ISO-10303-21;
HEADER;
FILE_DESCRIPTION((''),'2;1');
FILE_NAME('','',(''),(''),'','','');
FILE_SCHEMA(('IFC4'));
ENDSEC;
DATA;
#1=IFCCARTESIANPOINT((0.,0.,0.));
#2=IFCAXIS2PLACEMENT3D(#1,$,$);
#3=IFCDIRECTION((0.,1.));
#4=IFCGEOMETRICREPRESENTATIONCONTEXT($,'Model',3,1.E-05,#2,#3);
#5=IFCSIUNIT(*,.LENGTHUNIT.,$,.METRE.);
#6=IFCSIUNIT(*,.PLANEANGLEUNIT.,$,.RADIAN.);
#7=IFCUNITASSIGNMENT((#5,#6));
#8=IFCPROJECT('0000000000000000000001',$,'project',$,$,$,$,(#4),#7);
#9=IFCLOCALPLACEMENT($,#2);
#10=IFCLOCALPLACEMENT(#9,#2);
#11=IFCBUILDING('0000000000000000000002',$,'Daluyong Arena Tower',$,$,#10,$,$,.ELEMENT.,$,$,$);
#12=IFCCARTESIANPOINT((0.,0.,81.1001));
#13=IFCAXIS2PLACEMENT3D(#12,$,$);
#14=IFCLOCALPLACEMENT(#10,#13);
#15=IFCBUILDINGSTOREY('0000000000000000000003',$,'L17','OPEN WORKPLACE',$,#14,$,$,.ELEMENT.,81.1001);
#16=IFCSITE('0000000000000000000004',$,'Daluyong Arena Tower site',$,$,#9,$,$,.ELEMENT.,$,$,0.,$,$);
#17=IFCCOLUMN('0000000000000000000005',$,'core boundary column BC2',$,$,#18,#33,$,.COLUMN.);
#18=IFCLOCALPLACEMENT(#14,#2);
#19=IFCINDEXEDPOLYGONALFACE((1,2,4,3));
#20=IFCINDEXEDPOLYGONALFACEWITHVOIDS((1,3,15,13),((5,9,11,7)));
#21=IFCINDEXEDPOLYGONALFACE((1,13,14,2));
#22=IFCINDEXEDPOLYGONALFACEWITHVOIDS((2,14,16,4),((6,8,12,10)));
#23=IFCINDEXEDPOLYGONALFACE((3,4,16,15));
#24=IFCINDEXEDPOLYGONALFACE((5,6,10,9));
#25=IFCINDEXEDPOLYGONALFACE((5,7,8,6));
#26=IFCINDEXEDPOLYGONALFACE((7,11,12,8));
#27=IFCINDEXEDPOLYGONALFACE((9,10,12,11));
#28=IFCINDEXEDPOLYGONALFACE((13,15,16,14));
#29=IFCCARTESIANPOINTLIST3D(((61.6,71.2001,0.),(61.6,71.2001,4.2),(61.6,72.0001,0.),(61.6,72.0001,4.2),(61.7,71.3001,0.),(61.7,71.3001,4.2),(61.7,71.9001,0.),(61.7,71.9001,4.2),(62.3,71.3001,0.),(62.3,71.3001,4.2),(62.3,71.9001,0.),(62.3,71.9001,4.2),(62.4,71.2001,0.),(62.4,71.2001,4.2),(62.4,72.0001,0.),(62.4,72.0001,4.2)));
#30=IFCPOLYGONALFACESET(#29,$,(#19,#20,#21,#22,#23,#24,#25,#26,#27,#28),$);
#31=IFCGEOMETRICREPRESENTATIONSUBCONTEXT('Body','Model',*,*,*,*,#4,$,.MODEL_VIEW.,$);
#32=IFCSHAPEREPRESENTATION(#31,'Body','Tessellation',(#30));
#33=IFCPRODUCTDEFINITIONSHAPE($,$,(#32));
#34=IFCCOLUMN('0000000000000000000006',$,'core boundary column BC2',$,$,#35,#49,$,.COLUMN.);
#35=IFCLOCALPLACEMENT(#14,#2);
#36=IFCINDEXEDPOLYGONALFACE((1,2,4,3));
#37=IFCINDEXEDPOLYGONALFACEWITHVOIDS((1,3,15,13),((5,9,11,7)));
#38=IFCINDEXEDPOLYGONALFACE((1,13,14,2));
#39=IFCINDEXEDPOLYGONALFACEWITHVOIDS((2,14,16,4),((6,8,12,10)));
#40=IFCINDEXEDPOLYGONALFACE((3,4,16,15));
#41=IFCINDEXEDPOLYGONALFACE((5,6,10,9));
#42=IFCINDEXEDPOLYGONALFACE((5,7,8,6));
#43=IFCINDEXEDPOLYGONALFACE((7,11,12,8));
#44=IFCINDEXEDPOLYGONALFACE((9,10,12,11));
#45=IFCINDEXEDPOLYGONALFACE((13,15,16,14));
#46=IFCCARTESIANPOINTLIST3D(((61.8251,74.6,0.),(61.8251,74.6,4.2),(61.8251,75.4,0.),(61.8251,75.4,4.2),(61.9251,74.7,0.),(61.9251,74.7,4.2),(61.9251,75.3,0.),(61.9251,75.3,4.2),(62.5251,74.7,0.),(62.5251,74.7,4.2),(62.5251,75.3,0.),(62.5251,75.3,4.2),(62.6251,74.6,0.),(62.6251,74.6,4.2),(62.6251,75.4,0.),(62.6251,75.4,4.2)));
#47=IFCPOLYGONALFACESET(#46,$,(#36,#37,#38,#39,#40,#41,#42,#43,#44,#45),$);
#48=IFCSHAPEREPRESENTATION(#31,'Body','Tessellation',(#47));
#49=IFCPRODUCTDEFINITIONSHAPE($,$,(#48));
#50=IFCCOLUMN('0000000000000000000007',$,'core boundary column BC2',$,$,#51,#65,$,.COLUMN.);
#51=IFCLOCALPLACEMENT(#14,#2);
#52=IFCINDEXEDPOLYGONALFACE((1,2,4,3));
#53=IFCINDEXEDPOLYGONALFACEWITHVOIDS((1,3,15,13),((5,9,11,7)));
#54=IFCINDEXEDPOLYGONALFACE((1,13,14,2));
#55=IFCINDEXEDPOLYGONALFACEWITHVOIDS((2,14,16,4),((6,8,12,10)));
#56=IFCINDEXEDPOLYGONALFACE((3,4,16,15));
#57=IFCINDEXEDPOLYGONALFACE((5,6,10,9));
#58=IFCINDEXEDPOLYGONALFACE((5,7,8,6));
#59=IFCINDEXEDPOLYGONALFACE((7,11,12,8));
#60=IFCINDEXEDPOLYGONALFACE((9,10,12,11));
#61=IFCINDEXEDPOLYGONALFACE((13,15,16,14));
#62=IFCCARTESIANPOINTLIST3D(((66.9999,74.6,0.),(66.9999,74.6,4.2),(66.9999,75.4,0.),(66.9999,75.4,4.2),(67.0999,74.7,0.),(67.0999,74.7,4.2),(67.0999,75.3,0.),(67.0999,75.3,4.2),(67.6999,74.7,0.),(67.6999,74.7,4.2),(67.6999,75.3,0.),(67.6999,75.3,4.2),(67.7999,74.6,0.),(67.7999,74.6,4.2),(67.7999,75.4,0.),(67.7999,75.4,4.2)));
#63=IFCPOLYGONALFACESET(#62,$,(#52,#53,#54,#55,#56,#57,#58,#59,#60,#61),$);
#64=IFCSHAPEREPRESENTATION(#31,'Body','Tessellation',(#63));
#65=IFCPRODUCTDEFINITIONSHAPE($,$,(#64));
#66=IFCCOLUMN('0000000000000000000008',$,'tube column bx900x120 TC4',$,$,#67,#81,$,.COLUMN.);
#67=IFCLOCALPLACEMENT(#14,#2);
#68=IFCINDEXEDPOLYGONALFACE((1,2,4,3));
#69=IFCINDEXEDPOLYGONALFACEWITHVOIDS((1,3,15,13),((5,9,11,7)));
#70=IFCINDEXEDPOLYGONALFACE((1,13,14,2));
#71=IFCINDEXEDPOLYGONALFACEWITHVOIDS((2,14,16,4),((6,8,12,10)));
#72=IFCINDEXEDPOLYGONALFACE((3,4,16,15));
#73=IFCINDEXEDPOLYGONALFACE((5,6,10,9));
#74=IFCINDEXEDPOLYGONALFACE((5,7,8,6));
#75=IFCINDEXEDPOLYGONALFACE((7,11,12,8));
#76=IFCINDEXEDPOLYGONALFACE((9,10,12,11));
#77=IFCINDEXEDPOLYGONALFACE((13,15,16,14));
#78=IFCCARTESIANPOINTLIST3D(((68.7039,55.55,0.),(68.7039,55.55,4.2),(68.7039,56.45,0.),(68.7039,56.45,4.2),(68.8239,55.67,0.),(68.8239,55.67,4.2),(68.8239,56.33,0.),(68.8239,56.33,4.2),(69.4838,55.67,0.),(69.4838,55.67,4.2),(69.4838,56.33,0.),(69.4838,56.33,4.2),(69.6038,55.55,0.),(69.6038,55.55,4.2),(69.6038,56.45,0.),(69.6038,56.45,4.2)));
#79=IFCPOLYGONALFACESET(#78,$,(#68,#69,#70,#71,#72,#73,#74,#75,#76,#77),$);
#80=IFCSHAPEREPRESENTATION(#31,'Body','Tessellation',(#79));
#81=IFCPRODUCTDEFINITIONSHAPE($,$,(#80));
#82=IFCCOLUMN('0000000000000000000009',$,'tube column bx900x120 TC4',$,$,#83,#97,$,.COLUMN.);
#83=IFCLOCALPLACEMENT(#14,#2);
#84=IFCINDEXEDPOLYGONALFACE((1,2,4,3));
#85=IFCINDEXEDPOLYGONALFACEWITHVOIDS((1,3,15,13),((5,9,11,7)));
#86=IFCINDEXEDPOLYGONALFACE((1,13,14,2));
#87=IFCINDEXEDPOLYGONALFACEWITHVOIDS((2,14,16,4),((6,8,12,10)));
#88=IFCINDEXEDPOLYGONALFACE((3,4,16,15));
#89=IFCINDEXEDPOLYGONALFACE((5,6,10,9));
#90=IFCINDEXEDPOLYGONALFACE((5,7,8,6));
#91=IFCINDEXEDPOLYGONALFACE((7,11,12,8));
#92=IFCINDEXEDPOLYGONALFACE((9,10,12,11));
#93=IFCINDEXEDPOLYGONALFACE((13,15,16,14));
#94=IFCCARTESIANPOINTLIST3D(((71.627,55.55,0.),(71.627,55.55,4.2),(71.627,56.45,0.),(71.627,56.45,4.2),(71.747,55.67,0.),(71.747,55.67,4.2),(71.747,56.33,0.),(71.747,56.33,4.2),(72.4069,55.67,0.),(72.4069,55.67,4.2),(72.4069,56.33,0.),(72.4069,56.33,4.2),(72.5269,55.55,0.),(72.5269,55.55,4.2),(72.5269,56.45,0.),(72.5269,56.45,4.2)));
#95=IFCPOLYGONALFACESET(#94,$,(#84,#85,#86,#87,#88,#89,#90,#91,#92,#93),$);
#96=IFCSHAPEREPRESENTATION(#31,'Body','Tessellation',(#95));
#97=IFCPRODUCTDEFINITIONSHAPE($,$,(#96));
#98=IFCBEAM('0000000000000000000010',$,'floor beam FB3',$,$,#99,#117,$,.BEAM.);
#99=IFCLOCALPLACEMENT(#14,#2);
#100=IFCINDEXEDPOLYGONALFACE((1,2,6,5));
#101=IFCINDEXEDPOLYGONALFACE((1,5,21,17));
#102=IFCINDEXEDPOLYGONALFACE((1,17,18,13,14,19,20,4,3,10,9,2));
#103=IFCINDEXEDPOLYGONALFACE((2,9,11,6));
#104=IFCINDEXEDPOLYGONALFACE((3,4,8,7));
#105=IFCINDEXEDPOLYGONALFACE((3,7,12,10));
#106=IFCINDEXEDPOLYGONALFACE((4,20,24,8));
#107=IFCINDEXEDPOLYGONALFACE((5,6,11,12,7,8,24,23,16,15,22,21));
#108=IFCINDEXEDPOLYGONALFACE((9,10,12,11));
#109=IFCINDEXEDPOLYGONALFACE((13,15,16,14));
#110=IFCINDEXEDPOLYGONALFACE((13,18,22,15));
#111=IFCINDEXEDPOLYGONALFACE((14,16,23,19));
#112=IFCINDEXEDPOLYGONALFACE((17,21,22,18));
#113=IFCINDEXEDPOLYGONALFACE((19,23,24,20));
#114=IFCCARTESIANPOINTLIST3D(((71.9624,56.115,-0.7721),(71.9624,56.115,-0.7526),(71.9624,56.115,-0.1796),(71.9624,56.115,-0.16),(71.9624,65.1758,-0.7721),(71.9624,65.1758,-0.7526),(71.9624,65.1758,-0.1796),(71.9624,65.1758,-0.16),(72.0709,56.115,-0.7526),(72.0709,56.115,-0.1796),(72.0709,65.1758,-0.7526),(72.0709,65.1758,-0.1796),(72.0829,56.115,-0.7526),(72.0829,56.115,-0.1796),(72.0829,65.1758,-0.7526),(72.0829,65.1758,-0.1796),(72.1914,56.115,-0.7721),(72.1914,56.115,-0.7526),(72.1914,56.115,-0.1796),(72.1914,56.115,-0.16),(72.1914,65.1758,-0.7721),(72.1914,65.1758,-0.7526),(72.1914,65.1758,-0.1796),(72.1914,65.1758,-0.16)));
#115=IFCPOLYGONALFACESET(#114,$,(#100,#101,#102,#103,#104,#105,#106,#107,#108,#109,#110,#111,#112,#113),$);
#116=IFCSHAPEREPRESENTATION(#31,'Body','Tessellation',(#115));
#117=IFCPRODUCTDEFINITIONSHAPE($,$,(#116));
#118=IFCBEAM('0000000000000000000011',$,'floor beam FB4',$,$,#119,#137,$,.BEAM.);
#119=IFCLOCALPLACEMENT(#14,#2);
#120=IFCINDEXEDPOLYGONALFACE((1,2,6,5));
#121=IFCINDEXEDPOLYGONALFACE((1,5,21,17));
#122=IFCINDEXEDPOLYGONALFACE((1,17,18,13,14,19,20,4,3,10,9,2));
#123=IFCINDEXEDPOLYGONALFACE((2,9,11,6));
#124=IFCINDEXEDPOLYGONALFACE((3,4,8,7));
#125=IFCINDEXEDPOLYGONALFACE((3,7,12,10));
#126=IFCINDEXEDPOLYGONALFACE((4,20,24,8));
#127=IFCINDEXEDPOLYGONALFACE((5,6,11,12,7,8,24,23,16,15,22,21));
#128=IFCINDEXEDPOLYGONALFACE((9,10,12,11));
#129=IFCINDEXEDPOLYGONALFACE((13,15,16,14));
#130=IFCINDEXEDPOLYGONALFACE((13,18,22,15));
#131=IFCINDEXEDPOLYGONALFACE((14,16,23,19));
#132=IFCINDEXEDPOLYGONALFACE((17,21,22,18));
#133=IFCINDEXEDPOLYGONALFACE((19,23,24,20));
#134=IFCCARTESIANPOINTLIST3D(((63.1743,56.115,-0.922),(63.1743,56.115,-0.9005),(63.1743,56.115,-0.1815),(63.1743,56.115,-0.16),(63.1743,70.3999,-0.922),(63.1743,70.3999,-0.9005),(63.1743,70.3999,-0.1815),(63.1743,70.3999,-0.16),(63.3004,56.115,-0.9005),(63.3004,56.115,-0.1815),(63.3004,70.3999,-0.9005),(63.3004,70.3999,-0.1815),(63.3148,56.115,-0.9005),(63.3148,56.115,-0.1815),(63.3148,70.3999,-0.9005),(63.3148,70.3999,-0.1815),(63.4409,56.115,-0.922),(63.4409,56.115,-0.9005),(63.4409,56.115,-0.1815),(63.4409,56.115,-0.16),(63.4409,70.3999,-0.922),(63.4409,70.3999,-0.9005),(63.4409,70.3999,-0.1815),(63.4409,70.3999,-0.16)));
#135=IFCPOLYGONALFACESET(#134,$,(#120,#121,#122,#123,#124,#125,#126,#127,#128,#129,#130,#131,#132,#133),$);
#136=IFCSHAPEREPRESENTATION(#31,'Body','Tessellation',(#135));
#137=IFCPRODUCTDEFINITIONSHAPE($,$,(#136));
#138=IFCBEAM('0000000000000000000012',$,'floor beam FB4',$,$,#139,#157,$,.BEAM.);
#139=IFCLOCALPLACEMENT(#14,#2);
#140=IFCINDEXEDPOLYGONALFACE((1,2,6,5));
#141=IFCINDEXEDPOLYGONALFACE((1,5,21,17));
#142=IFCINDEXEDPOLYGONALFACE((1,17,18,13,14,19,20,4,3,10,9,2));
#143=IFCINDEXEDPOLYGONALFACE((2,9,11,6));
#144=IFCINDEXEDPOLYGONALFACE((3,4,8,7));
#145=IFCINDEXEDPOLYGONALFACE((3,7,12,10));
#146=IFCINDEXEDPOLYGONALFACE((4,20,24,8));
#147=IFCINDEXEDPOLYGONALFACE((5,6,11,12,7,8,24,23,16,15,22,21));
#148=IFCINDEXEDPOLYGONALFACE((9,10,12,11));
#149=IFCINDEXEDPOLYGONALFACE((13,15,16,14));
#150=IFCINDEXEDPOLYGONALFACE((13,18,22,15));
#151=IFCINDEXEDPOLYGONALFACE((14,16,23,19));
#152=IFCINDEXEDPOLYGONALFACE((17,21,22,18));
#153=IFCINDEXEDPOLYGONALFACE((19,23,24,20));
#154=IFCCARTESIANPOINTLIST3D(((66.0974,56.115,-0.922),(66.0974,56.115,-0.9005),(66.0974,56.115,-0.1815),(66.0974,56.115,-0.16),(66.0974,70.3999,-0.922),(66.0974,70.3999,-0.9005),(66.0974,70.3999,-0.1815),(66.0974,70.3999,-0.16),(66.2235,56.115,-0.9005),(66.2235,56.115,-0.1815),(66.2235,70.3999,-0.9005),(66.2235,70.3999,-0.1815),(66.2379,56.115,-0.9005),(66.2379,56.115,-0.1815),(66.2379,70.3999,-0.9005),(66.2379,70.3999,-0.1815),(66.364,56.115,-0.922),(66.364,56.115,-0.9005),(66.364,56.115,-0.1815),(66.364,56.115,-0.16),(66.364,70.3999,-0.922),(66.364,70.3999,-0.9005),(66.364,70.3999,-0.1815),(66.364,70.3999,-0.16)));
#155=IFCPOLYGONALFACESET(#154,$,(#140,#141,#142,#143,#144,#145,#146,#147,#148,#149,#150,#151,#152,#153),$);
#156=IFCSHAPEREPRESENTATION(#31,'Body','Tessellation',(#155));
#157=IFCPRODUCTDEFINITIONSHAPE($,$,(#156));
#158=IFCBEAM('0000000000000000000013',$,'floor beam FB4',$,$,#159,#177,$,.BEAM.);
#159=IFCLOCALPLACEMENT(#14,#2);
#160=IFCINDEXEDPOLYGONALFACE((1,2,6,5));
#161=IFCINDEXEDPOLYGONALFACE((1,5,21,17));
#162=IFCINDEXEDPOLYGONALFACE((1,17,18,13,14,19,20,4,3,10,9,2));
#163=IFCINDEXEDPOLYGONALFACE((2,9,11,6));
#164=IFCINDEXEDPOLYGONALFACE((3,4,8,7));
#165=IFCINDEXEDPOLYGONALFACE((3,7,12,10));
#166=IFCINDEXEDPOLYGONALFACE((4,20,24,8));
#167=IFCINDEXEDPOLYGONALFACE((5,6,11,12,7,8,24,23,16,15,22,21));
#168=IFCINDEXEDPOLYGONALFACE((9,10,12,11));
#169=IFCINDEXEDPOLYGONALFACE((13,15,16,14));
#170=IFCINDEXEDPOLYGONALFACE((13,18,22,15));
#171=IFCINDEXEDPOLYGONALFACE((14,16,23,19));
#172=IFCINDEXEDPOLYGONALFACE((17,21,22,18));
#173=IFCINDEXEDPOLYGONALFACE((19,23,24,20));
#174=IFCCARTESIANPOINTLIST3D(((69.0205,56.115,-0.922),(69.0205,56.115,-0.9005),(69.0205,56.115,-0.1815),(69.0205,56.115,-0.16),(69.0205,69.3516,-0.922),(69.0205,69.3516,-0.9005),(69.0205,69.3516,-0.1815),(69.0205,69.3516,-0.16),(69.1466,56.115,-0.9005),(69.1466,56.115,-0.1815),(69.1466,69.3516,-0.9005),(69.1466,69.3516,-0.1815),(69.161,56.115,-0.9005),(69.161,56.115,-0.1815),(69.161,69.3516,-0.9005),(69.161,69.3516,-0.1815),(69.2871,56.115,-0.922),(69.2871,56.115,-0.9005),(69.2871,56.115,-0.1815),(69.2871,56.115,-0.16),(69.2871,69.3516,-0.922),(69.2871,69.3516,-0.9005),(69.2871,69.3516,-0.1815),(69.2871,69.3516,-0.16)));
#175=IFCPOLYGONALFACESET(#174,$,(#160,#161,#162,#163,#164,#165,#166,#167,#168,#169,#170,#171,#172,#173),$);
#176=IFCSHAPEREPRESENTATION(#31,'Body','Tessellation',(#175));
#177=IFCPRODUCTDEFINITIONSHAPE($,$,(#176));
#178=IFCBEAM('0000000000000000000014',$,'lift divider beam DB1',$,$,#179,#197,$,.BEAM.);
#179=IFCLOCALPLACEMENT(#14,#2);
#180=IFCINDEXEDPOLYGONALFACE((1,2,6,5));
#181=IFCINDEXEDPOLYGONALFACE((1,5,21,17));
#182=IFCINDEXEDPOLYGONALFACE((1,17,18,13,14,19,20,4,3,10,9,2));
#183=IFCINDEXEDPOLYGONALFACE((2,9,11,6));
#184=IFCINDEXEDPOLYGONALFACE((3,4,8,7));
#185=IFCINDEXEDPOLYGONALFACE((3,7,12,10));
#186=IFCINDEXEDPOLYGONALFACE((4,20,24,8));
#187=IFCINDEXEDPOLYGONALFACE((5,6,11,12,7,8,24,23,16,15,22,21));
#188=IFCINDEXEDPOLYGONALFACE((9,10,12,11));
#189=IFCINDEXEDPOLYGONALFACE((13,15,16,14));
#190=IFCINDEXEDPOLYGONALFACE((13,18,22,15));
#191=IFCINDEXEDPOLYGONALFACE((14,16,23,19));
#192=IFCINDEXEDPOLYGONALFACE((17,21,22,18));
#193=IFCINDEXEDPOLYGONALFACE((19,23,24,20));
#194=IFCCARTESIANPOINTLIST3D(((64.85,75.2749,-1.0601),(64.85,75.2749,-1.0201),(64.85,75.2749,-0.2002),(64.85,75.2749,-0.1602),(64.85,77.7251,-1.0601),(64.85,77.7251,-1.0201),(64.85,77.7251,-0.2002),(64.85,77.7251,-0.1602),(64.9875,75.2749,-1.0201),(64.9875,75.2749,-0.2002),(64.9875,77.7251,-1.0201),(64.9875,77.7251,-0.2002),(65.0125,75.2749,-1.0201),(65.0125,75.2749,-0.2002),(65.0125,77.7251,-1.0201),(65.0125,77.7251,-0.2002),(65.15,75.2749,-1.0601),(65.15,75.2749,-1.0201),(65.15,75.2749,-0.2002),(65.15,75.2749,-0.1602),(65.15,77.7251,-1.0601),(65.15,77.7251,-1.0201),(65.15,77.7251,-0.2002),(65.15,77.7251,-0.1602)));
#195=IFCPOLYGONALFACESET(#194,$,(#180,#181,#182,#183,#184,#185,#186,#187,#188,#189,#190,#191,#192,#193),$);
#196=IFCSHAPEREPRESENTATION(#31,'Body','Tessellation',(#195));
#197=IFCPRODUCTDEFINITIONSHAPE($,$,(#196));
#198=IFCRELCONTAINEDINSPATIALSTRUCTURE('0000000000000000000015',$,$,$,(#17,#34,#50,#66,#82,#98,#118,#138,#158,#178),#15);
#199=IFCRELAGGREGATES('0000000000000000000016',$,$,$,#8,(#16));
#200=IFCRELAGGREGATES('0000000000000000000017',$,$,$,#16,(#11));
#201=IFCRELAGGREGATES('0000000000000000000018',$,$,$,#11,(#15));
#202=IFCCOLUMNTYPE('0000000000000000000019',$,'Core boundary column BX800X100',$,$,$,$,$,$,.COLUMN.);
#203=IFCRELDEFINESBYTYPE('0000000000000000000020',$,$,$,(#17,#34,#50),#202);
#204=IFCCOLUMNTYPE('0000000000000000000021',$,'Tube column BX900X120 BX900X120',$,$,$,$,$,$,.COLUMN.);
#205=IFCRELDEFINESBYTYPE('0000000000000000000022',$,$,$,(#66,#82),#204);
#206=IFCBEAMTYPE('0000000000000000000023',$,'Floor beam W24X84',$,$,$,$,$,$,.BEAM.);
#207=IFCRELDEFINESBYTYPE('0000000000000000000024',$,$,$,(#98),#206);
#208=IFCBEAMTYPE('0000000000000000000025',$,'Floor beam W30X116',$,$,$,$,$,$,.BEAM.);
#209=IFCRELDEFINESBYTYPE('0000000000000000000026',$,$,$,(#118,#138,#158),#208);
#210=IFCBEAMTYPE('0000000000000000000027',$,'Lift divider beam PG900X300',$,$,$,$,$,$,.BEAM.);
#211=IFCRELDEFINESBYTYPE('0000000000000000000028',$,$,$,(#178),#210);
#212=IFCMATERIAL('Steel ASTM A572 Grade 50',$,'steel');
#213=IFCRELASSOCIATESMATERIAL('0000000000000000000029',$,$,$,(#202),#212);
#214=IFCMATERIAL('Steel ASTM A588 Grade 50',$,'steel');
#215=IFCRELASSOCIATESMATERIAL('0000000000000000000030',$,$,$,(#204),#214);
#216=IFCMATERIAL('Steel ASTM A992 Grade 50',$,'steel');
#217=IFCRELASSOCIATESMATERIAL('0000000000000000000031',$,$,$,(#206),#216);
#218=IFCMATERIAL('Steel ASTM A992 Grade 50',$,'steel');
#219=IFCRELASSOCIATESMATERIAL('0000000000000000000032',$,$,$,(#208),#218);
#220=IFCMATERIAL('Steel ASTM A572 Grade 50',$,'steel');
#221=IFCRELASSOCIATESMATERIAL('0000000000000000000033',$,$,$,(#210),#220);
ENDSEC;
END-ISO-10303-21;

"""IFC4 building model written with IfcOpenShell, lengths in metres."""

from ifc_helpers import new_model, si_unit, direction, frame, origin, origin_2d, place, context, subcontext, project, spatial, hollow_rectangle, i_section, extrude, material, material_profile, profile_set, type_object, element, save


model = new_model("IFC4")

# Units and contexts
model_context = context("Model", 3, precision=1e-05, world=origin(), true_north=direction((0.0, 1.0)))
body_context = subcontext(model_context, "Body", "Model", "MODEL_VIEW")
ifc_project = project(units=[si_unit("LENGTHUNIT", "METRE"), si_unit("PLANEANGLEUNIT", "RADIAN")], contexts=[model_context])

# Site, building, storey
site_placement = place(None, origin())
site = spatial("IfcSite", under=ifc_project, at=site_placement, Name="Daluyong Arena Tower site", CompositionType="ELEMENT", RefElevation=0.0)
building_placement = place(site_placement, origin())
building = spatial("IfcBuilding", under=site, at=building_placement, Name="Daluyong Arena Tower", CompositionType="ELEMENT")
storey_placement = place(building_placement, frame((0.0, 0.0, 81.1001)))
storey = spatial("IfcBuildingStorey", under=building, at=storey_placement, Name="L17", Description="OPEN WORKPLACE", CompositionType="ELEMENT", Elevation=81.1001)

# Columns
ifc_material_1 = material(Name="Steel ASTM A572 Grade 50", Category="steel")
ifc_material_profile_1 = material_profile(ifc_material_1, hollow_rectangle(XDim=0.8, YDim=0.8, WallThickness=0.1, at=origin_2d()))
ifc_profile_set_1 = profile_set([ifc_material_profile_1], Name="Steel ASTM A572 Grade 50")
column_type_1 = type_object("IfcColumnType", Name="Core boundary column BX800X100", PredefinedType="COLUMN", material=ifc_profile_set_1)
for number, where, z_axis, x_axis, name in (
    (1, (62.0, 71.6001, 0.0), (0.0, 0.0, 1.0), (1.0, 0.0, 0.0), "core boundary column BC2"),
    (2, (62.2251, 75.0, 0.0), (0.0, 0.0, 1.0), (1.0, 0.0, 0.0), "core boundary column BC2"),
    (3, (67.3999, 75.0, 0.0), (0.0, 0.0, 1.0), (1.0, 0.0, 0.0), "core boundary column BC2"),
):
    element("IfcColumn", number, at=place(storey_placement, frame(where, z_axis=z_axis, x_axis=x_axis)), inside=storey, type_object=column_type_1, Name=name, PredefinedType="COLUMN", context=body_context, shape_type="SweptSolid", body=[
        extrude(hollow_rectangle(XDim=0.8, YDim=0.8, WallThickness=0.1, at=origin_2d()), origin(), (0.0, 0.0, 1.0), 4.2),
    ])
ifc_material_2 = material(Name="Steel ASTM A588 Grade 50", Category="steel")
ifc_material_profile_2 = material_profile(ifc_material_2, hollow_rectangle(XDim=0.8999, YDim=0.8999, WallThickness=0.12, at=origin_2d()))
ifc_profile_set_2 = profile_set([ifc_material_profile_2], Name="Steel ASTM A588 Grade 50")
column_type_2 = type_object("IfcColumnType", Name="Tube column BX900X120 BX900X120", PredefinedType="COLUMN", material=ifc_profile_set_2)
for number, where, z_axis, x_axis, name in (
    (4, (69.1538, 56.0, 0.0), (0.0, 0.0, 1.0), (1.0, 0.0, 0.0), "tube column bx900x120 TC4"),
    (5, (72.0769, 56.0, 0.0), (0.0, 0.0, 1.0), (1.0, 0.0, 0.0), "tube column bx900x120 TC4"),
):
    element("IfcColumn", number, at=place(storey_placement, frame(where, z_axis=z_axis, x_axis=x_axis)), inside=storey, type_object=column_type_2, Name=name, PredefinedType="COLUMN", context=body_context, shape_type="SweptSolid", body=[
        extrude(hollow_rectangle(XDim=0.8999, YDim=0.8999, WallThickness=0.12, at=origin_2d()), origin(), (0.0, 0.0, 1.0), 4.2),
    ])

# Beams
ifc_material_3 = material(Name="Steel ASTM A992 Grade 50", Category="steel")
ifc_material_profile_3 = material_profile(ifc_material_3, i_section(OverallWidth=0.229, OverallDepth=0.6121, WebThickness=0.012, FlangeThickness=0.0195, at=origin_2d()))
ifc_profile_set_3 = profile_set([ifc_material_profile_3], Name="Steel ASTM A992 Grade 50")
beam_type_1 = type_object("IfcBeamType", Name="Floor beam W24X84", PredefinedType="BEAM", material=ifc_profile_set_3)
beam_1_placement = place(storey_placement, frame((72.0769, 56.115, -0.4661), z_axis=(0.0, 1.0, 0.0), x_axis=(-1.0, 0.0, 0.0)))
element("IfcBeam", 6, at=beam_1_placement, inside=storey, type_object=beam_type_1, Name="floor beam FB3", PredefinedType="BEAM", context=body_context, shape_type="SweptSolid", body=[
    extrude(i_section(OverallWidth=0.229, OverallDepth=0.6121, WebThickness=0.012, FlangeThickness=0.0195, at=origin_2d()), origin(), (0.0, 0.0, 1.0), 9.0608),
])
ifc_material_4 = material(Name="Steel ASTM A992 Grade 50", Category="steel")
ifc_material_profile_4 = material_profile(ifc_material_4, i_section(OverallWidth=0.2666, OverallDepth=0.762, WebThickness=0.0144, FlangeThickness=0.0215, at=origin_2d()))
ifc_profile_set_4 = profile_set([ifc_material_profile_4], Name="Steel ASTM A992 Grade 50")
beam_type_2 = type_object("IfcBeamType", Name="Floor beam W30X116", PredefinedType="BEAM", material=ifc_profile_set_4)
for number, where, z_axis, x_axis, name in (
    (7, (63.3076, 56.115, -0.541), (0.0, 1.0, 0.0), (-1.0, 0.0, 0.0), "floor beam FB4"),
    (8, (66.2307, 56.115, -0.541), (0.0, 1.0, 0.0), (-1.0, 0.0, 0.0), "floor beam FB4"),
):
    element("IfcBeam", number, at=place(storey_placement, frame(where, z_axis=z_axis, x_axis=x_axis)), inside=storey, type_object=beam_type_2, Name=name, PredefinedType="BEAM", context=body_context, shape_type="SweptSolid", body=[
        extrude(i_section(OverallWidth=0.2666, OverallDepth=0.762, WebThickness=0.0144, FlangeThickness=0.0215, at=origin_2d()), origin(), (0.0, 0.0, 1.0), 14.2849),
    ])
beam_2_placement = place(storey_placement, frame((69.1538, 56.115, -0.541), z_axis=(0.0, 1.0, 0.0), x_axis=(-1.0, 0.0, 0.0)))
element("IfcBeam", 9, at=beam_2_placement, inside=storey, type_object=beam_type_2, Name="floor beam FB4", PredefinedType="BEAM", context=body_context, shape_type="SweptSolid", body=[
    extrude(i_section(OverallWidth=0.2666, OverallDepth=0.762, WebThickness=0.0144, FlangeThickness=0.0215, at=origin_2d()), origin(), (0.0, 0.0, 1.0), 13.2366),
])
ifc_material_5 = material(Name="Steel ASTM A572 Grade 50", Category="steel")
ifc_material_profile_5 = material_profile(ifc_material_5, i_section(OverallWidth=0.3, OverallDepth=0.8999, WebThickness=0.025, FlangeThickness=0.04, at=origin_2d()))
ifc_profile_set_5 = profile_set([ifc_material_profile_5], Name="Steel ASTM A572 Grade 50")
beam_type_3 = type_object("IfcBeamType", Name="Lift divider beam PG900X300", PredefinedType="BEAM", material=ifc_profile_set_5)
beam_3_placement = place(storey_placement, frame((65.0, 75.2749, -0.6101), z_axis=(0.0, 1.0, 0.0), x_axis=(-1.0, 0.0, 0.0)))
element("IfcBeam", 10, at=beam_3_placement, inside=storey, type_object=beam_type_3, Name="lift divider beam DB1", PredefinedType="BEAM", context=body_context, shape_type="SweptSolid", body=[
    extrude(i_section(OverallWidth=0.3, OverallDepth=0.8999, WebThickness=0.025, FlangeThickness=0.04, at=origin_2d()), origin(), (0.0, 0.0, 1.0), 2.4502),
])

save(model, "model.ifc")
